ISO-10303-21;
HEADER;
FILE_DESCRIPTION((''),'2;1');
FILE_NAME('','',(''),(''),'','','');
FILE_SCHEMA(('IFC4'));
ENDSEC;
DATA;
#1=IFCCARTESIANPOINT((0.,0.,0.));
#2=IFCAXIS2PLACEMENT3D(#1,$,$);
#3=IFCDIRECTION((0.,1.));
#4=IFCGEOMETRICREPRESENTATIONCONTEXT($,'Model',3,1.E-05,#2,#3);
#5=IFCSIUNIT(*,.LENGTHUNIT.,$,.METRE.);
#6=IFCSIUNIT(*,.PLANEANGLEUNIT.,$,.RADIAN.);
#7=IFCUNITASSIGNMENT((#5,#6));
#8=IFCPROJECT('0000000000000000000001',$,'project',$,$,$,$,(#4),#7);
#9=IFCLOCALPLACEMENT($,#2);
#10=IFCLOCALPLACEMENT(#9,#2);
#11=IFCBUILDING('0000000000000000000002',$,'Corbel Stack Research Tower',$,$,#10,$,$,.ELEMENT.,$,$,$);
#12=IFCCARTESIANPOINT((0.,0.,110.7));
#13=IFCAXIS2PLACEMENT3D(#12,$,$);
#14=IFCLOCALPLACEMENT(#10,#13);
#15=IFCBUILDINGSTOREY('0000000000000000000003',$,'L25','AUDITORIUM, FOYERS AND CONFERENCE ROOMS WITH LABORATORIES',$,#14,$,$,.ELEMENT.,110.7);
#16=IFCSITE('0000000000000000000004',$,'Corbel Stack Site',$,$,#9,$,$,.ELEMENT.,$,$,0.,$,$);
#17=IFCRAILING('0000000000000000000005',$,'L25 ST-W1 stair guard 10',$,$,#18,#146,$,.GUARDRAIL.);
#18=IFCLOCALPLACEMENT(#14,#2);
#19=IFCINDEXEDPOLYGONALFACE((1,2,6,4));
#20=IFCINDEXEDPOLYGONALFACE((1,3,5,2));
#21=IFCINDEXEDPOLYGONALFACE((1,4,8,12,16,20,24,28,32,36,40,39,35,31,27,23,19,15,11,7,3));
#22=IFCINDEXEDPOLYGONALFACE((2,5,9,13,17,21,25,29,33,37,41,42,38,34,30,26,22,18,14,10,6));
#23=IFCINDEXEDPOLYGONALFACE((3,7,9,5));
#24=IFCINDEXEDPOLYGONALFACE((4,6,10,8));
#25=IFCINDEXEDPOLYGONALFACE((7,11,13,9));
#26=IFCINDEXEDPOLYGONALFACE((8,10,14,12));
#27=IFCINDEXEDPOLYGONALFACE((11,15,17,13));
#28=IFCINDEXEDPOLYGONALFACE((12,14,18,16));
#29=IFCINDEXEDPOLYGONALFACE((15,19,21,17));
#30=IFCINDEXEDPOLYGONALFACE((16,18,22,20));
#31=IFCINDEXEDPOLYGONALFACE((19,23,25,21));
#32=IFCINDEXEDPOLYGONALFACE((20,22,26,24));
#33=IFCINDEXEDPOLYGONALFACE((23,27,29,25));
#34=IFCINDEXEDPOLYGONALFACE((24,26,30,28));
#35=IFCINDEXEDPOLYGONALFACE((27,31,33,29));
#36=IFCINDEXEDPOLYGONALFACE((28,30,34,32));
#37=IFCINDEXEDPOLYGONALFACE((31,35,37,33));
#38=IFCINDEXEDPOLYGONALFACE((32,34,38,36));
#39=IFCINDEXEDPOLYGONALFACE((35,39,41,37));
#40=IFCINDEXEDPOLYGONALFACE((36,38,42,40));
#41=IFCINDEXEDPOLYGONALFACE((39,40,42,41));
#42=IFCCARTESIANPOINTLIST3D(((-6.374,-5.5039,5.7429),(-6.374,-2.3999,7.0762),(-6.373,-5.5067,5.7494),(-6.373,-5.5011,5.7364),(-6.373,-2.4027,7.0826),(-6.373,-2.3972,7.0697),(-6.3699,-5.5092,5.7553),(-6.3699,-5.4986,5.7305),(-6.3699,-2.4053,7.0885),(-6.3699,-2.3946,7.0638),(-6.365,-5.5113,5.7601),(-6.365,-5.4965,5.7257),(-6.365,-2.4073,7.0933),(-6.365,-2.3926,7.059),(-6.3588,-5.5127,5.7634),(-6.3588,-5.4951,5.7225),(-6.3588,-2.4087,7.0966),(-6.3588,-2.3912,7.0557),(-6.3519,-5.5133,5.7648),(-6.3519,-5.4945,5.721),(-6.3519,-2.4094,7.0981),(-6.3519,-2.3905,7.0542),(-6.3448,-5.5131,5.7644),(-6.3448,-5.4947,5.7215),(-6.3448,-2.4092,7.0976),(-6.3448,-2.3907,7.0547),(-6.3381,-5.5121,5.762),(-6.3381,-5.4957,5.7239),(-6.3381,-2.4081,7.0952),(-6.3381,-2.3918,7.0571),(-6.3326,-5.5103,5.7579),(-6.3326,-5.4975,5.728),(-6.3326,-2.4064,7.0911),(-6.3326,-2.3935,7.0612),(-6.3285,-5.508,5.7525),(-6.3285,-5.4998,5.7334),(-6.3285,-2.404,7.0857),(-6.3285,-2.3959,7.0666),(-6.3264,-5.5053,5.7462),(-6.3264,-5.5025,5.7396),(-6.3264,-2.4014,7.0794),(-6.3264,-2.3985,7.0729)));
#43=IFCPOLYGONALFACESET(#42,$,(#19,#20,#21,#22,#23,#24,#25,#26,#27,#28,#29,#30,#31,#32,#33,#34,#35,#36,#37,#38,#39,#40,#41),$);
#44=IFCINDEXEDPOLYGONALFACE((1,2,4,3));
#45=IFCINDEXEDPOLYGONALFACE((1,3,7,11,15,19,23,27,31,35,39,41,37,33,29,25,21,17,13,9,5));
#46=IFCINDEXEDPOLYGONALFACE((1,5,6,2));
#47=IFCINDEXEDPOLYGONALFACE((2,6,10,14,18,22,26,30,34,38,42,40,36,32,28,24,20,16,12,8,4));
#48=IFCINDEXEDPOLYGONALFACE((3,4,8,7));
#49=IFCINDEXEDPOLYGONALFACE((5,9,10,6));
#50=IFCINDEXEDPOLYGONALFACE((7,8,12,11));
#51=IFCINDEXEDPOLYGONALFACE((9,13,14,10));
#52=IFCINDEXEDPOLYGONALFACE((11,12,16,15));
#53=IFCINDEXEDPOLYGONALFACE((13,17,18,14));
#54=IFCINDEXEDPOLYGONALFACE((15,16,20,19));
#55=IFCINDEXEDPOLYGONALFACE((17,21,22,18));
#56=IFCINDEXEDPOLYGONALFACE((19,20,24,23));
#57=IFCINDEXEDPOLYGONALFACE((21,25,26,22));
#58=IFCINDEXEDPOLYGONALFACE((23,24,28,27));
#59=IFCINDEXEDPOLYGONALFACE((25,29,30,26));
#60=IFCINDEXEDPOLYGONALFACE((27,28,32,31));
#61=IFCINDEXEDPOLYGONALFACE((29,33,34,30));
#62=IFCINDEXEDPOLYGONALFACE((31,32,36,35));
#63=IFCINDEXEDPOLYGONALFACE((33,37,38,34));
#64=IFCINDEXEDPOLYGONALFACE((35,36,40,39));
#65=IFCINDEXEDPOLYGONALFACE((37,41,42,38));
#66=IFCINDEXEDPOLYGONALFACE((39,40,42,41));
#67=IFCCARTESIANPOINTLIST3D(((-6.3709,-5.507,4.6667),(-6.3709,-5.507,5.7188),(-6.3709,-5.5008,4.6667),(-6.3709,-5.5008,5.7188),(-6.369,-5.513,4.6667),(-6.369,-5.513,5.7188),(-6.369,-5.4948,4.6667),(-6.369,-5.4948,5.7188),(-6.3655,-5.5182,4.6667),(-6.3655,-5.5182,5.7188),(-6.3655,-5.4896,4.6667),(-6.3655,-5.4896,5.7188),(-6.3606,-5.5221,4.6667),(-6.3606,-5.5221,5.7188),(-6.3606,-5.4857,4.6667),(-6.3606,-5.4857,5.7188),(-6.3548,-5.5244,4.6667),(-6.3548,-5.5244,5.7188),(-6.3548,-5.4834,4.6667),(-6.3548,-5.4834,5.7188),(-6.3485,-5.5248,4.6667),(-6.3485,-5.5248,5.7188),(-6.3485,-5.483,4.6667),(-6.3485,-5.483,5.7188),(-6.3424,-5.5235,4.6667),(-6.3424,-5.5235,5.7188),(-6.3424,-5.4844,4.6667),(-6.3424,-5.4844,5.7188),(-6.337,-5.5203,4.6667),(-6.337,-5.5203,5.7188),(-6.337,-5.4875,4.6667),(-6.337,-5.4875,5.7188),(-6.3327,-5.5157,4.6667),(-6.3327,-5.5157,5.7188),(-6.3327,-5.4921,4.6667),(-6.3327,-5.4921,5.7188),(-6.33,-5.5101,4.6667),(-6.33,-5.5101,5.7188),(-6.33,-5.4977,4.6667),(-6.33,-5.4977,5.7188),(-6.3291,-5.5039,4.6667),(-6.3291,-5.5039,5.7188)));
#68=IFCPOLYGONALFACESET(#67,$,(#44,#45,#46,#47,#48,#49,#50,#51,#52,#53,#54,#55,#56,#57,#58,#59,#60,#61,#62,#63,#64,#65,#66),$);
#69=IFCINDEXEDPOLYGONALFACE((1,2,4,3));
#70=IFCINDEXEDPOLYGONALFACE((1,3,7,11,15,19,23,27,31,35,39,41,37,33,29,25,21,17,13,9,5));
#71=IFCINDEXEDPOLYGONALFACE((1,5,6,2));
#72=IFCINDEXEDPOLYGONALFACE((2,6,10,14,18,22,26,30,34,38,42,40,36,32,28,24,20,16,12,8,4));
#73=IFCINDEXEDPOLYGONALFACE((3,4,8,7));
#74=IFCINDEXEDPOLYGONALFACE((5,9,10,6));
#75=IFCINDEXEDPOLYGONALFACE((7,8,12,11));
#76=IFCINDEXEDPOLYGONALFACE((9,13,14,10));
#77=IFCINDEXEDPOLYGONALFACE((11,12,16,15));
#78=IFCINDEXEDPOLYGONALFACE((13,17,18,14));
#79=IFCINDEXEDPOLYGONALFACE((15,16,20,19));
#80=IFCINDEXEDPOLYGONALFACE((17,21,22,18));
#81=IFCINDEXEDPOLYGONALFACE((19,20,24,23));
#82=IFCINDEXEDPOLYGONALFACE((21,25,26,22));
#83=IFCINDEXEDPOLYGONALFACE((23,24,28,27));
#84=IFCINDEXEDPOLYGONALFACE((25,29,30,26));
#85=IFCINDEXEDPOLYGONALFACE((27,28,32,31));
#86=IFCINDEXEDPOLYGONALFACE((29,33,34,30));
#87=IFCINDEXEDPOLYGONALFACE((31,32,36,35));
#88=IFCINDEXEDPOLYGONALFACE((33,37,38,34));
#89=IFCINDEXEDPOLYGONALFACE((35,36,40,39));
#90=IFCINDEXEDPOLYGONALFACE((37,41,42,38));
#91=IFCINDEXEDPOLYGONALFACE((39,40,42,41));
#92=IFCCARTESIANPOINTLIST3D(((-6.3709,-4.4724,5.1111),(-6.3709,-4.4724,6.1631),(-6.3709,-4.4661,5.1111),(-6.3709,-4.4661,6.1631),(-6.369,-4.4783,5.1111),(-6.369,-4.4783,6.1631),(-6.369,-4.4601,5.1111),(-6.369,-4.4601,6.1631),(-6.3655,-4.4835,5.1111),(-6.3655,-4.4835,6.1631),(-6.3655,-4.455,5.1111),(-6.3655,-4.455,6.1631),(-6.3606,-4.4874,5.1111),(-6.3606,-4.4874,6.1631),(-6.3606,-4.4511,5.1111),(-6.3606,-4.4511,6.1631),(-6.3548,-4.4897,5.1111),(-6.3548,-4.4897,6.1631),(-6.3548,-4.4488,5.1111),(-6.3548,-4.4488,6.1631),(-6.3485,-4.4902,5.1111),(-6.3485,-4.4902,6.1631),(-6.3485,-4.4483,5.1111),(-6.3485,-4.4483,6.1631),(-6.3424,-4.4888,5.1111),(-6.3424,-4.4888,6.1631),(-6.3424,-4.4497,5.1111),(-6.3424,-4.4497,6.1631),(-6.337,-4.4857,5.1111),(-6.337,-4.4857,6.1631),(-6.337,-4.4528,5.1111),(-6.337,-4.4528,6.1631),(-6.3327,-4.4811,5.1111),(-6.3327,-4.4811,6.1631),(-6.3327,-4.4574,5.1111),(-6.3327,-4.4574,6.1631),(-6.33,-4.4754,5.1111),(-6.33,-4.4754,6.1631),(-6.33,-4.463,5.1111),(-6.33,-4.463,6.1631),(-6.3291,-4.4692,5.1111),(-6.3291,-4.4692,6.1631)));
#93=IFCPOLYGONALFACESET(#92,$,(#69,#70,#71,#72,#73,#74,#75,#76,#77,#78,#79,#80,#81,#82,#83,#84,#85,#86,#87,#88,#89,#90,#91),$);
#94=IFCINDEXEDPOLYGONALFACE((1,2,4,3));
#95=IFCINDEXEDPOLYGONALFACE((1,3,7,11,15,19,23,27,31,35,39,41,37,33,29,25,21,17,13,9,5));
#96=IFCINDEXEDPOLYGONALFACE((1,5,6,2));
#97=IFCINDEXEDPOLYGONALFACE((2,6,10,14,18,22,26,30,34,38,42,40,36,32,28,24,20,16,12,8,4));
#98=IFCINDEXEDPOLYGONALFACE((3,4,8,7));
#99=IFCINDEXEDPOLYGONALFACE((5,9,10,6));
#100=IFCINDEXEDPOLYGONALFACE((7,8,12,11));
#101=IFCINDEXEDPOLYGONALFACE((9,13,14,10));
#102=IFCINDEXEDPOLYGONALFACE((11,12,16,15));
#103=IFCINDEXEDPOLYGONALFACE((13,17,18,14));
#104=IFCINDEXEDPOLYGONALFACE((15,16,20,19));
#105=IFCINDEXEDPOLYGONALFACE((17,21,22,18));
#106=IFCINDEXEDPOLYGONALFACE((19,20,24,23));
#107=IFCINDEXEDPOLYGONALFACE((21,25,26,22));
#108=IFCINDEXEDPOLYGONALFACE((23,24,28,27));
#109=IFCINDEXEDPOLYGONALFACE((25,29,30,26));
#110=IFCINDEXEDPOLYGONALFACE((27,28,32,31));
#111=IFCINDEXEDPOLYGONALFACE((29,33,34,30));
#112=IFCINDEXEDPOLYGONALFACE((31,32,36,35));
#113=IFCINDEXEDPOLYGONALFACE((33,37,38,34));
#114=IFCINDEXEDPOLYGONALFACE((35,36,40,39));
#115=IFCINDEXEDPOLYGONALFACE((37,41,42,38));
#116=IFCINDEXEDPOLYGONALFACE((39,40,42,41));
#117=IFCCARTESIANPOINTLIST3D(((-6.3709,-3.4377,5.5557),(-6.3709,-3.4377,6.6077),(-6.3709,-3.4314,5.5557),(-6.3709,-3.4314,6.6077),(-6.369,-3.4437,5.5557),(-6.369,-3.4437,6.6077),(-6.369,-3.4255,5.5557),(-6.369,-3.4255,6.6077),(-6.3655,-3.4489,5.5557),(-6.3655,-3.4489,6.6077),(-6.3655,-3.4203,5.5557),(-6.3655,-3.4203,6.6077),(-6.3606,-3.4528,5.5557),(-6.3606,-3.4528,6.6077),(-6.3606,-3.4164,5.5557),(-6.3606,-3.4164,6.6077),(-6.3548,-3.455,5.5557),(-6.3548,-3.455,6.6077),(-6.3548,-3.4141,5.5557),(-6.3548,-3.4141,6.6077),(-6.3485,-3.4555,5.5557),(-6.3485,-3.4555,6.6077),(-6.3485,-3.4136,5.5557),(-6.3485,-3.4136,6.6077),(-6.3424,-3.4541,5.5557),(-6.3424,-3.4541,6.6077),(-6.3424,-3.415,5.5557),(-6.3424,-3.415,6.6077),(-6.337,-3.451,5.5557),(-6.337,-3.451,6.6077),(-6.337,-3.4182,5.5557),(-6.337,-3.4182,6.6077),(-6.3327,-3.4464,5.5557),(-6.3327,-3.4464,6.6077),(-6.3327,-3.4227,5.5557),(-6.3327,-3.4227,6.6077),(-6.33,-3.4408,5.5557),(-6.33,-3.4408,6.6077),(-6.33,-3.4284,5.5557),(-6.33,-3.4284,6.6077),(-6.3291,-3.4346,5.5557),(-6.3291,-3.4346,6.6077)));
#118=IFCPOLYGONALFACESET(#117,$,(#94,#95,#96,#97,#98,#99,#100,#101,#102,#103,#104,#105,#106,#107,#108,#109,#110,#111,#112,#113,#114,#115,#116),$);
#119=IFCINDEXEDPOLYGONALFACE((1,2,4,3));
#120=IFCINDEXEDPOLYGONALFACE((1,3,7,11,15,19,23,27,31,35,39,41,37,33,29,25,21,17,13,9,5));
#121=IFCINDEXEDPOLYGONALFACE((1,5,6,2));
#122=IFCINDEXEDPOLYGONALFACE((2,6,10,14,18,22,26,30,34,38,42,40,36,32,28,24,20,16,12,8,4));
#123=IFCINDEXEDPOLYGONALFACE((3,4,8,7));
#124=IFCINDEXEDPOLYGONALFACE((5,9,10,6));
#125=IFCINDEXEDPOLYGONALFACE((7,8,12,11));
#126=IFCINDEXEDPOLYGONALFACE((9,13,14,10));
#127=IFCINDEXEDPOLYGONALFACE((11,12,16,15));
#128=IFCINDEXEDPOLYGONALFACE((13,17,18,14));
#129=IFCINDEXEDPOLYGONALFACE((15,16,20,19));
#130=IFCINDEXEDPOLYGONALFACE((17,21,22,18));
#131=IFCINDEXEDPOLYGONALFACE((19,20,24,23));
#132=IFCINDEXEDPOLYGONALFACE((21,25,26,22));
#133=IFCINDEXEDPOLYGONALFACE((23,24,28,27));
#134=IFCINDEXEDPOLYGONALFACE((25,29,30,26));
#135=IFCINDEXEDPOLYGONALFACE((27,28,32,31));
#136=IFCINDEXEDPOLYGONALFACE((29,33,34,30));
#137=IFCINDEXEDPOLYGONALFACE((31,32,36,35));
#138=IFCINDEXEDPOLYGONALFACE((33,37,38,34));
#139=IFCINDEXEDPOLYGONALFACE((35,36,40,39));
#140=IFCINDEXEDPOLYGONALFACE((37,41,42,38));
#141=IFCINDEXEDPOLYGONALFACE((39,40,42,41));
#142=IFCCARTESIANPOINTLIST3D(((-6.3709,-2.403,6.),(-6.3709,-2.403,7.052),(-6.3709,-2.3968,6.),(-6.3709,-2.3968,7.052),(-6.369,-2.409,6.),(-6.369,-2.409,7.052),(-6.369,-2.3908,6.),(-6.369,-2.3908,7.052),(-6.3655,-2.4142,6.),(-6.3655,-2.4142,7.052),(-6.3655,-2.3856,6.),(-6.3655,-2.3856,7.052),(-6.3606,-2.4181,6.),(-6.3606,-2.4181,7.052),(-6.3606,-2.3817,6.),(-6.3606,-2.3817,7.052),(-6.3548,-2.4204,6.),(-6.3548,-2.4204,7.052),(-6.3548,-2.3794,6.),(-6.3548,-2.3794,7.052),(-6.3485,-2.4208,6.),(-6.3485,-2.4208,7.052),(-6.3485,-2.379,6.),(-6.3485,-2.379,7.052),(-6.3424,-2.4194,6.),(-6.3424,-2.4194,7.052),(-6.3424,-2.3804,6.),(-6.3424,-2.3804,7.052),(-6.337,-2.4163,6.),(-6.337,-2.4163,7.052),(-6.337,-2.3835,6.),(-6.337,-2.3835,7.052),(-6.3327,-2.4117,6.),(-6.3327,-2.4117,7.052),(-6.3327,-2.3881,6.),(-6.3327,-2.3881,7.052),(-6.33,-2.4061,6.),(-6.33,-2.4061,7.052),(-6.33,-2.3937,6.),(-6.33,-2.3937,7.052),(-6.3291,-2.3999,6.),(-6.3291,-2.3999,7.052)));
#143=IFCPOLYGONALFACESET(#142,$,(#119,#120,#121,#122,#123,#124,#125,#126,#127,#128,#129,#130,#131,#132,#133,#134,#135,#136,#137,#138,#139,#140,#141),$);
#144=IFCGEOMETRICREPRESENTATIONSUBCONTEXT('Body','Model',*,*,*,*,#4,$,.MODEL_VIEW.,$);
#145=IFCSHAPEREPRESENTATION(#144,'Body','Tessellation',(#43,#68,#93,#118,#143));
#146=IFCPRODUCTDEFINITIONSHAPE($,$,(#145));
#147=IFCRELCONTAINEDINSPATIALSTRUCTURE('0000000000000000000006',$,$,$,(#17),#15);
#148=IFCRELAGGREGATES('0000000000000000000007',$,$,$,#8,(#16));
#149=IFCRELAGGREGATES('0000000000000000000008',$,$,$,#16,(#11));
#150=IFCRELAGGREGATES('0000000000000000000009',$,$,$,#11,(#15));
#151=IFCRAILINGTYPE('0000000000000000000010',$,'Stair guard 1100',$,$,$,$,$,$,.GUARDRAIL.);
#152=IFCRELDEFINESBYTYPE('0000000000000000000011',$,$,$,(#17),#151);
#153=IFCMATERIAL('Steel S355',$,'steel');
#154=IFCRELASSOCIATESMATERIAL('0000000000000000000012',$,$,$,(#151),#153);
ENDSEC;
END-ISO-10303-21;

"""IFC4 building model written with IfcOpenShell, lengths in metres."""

from ifc_helpers import new_model, si_unit, direction, frame, origin, origin_2d, place, context, subcontext, project, spatial, circle, extrude, material, type_object, element, save


model = new_model("IFC4")

# Units and contexts
model_context = context("Model", 3, precision=1e-05, world=origin(), true_north=direction((0.0, 1.0)))
body_context = subcontext(model_context, "Body", "Model", "MODEL_VIEW")
ifc_project = project(units=[si_unit("LENGTHUNIT", "METRE"), si_unit("PLANEANGLEUNIT", "RADIAN")], contexts=[model_context])

# Site, building, storey
site_placement = place(None, origin())
site = spatial("IfcSite", under=ifc_project, at=site_placement, Name="Corbel Stack Site", CompositionType="ELEMENT", RefElevation=0.0)
building_placement = place(site_placement, origin())
building = spatial("IfcBuilding", under=site, at=building_placement, Name="Corbel Stack Research Tower", CompositionType="ELEMENT")
storey_placement = place(building_placement, frame((0.0, 0.0, 110.7)))
storey = spatial("IfcBuildingStorey", under=building, at=storey_placement, Name="L25", Description="AUDITORIUM, FOYERS AND CONFERENCE ROOMS WITH LABORATORIES", CompositionType="ELEMENT", Elevation=110.7)

# Railing
ifc_material_1 = material(Name="Steel S355", Category="steel")
railing_type_1 = type_object("IfcRailingType", Name="Stair guard 1100", PredefinedType="GUARDRAIL", material=ifc_material_1)
railing_1_placement = place(storey_placement, frame((-6.3501, -5.5039, 4.6667)))
element("IfcRailing", 1, at=railing_1_placement, inside=storey, type_object=railing_type_1, Name="L25 ST-W1 stair guard 10", PredefinedType="GUARDRAIL", context=body_context, shape_type="SweptSolid", body=[
    extrude(circle(Radius=0.0239, at=origin_2d()), frame((0.0, 0.0, 1.0762), z_axis=(0.0, 0.918827, 0.394661), x_axis=(-1.0, 0.0, 0.0)), (0.0, 0.0, 1.0), 3.3782),
    extrude(circle(Radius=0.021, at=origin_2d()), origin(), (0.0, 0.0, 1.0), 1.052),
    extrude(circle(Radius=0.021, at=origin_2d()), frame((0.0, 1.0347, 0.4443)), (0.0, 0.0, 1.0), 1.052),
    extrude(circle(Radius=0.021, at=origin_2d()), frame((0.0, 2.0693, 0.8889)), (0.0, 0.0, 1.0), 1.052),
    extrude(circle(Radius=0.021, at=origin_2d()), frame((0.0, 3.104, 1.3333)), (0.0, 0.0, 1.0), 1.052),
])

save(model, "model.ifc")
